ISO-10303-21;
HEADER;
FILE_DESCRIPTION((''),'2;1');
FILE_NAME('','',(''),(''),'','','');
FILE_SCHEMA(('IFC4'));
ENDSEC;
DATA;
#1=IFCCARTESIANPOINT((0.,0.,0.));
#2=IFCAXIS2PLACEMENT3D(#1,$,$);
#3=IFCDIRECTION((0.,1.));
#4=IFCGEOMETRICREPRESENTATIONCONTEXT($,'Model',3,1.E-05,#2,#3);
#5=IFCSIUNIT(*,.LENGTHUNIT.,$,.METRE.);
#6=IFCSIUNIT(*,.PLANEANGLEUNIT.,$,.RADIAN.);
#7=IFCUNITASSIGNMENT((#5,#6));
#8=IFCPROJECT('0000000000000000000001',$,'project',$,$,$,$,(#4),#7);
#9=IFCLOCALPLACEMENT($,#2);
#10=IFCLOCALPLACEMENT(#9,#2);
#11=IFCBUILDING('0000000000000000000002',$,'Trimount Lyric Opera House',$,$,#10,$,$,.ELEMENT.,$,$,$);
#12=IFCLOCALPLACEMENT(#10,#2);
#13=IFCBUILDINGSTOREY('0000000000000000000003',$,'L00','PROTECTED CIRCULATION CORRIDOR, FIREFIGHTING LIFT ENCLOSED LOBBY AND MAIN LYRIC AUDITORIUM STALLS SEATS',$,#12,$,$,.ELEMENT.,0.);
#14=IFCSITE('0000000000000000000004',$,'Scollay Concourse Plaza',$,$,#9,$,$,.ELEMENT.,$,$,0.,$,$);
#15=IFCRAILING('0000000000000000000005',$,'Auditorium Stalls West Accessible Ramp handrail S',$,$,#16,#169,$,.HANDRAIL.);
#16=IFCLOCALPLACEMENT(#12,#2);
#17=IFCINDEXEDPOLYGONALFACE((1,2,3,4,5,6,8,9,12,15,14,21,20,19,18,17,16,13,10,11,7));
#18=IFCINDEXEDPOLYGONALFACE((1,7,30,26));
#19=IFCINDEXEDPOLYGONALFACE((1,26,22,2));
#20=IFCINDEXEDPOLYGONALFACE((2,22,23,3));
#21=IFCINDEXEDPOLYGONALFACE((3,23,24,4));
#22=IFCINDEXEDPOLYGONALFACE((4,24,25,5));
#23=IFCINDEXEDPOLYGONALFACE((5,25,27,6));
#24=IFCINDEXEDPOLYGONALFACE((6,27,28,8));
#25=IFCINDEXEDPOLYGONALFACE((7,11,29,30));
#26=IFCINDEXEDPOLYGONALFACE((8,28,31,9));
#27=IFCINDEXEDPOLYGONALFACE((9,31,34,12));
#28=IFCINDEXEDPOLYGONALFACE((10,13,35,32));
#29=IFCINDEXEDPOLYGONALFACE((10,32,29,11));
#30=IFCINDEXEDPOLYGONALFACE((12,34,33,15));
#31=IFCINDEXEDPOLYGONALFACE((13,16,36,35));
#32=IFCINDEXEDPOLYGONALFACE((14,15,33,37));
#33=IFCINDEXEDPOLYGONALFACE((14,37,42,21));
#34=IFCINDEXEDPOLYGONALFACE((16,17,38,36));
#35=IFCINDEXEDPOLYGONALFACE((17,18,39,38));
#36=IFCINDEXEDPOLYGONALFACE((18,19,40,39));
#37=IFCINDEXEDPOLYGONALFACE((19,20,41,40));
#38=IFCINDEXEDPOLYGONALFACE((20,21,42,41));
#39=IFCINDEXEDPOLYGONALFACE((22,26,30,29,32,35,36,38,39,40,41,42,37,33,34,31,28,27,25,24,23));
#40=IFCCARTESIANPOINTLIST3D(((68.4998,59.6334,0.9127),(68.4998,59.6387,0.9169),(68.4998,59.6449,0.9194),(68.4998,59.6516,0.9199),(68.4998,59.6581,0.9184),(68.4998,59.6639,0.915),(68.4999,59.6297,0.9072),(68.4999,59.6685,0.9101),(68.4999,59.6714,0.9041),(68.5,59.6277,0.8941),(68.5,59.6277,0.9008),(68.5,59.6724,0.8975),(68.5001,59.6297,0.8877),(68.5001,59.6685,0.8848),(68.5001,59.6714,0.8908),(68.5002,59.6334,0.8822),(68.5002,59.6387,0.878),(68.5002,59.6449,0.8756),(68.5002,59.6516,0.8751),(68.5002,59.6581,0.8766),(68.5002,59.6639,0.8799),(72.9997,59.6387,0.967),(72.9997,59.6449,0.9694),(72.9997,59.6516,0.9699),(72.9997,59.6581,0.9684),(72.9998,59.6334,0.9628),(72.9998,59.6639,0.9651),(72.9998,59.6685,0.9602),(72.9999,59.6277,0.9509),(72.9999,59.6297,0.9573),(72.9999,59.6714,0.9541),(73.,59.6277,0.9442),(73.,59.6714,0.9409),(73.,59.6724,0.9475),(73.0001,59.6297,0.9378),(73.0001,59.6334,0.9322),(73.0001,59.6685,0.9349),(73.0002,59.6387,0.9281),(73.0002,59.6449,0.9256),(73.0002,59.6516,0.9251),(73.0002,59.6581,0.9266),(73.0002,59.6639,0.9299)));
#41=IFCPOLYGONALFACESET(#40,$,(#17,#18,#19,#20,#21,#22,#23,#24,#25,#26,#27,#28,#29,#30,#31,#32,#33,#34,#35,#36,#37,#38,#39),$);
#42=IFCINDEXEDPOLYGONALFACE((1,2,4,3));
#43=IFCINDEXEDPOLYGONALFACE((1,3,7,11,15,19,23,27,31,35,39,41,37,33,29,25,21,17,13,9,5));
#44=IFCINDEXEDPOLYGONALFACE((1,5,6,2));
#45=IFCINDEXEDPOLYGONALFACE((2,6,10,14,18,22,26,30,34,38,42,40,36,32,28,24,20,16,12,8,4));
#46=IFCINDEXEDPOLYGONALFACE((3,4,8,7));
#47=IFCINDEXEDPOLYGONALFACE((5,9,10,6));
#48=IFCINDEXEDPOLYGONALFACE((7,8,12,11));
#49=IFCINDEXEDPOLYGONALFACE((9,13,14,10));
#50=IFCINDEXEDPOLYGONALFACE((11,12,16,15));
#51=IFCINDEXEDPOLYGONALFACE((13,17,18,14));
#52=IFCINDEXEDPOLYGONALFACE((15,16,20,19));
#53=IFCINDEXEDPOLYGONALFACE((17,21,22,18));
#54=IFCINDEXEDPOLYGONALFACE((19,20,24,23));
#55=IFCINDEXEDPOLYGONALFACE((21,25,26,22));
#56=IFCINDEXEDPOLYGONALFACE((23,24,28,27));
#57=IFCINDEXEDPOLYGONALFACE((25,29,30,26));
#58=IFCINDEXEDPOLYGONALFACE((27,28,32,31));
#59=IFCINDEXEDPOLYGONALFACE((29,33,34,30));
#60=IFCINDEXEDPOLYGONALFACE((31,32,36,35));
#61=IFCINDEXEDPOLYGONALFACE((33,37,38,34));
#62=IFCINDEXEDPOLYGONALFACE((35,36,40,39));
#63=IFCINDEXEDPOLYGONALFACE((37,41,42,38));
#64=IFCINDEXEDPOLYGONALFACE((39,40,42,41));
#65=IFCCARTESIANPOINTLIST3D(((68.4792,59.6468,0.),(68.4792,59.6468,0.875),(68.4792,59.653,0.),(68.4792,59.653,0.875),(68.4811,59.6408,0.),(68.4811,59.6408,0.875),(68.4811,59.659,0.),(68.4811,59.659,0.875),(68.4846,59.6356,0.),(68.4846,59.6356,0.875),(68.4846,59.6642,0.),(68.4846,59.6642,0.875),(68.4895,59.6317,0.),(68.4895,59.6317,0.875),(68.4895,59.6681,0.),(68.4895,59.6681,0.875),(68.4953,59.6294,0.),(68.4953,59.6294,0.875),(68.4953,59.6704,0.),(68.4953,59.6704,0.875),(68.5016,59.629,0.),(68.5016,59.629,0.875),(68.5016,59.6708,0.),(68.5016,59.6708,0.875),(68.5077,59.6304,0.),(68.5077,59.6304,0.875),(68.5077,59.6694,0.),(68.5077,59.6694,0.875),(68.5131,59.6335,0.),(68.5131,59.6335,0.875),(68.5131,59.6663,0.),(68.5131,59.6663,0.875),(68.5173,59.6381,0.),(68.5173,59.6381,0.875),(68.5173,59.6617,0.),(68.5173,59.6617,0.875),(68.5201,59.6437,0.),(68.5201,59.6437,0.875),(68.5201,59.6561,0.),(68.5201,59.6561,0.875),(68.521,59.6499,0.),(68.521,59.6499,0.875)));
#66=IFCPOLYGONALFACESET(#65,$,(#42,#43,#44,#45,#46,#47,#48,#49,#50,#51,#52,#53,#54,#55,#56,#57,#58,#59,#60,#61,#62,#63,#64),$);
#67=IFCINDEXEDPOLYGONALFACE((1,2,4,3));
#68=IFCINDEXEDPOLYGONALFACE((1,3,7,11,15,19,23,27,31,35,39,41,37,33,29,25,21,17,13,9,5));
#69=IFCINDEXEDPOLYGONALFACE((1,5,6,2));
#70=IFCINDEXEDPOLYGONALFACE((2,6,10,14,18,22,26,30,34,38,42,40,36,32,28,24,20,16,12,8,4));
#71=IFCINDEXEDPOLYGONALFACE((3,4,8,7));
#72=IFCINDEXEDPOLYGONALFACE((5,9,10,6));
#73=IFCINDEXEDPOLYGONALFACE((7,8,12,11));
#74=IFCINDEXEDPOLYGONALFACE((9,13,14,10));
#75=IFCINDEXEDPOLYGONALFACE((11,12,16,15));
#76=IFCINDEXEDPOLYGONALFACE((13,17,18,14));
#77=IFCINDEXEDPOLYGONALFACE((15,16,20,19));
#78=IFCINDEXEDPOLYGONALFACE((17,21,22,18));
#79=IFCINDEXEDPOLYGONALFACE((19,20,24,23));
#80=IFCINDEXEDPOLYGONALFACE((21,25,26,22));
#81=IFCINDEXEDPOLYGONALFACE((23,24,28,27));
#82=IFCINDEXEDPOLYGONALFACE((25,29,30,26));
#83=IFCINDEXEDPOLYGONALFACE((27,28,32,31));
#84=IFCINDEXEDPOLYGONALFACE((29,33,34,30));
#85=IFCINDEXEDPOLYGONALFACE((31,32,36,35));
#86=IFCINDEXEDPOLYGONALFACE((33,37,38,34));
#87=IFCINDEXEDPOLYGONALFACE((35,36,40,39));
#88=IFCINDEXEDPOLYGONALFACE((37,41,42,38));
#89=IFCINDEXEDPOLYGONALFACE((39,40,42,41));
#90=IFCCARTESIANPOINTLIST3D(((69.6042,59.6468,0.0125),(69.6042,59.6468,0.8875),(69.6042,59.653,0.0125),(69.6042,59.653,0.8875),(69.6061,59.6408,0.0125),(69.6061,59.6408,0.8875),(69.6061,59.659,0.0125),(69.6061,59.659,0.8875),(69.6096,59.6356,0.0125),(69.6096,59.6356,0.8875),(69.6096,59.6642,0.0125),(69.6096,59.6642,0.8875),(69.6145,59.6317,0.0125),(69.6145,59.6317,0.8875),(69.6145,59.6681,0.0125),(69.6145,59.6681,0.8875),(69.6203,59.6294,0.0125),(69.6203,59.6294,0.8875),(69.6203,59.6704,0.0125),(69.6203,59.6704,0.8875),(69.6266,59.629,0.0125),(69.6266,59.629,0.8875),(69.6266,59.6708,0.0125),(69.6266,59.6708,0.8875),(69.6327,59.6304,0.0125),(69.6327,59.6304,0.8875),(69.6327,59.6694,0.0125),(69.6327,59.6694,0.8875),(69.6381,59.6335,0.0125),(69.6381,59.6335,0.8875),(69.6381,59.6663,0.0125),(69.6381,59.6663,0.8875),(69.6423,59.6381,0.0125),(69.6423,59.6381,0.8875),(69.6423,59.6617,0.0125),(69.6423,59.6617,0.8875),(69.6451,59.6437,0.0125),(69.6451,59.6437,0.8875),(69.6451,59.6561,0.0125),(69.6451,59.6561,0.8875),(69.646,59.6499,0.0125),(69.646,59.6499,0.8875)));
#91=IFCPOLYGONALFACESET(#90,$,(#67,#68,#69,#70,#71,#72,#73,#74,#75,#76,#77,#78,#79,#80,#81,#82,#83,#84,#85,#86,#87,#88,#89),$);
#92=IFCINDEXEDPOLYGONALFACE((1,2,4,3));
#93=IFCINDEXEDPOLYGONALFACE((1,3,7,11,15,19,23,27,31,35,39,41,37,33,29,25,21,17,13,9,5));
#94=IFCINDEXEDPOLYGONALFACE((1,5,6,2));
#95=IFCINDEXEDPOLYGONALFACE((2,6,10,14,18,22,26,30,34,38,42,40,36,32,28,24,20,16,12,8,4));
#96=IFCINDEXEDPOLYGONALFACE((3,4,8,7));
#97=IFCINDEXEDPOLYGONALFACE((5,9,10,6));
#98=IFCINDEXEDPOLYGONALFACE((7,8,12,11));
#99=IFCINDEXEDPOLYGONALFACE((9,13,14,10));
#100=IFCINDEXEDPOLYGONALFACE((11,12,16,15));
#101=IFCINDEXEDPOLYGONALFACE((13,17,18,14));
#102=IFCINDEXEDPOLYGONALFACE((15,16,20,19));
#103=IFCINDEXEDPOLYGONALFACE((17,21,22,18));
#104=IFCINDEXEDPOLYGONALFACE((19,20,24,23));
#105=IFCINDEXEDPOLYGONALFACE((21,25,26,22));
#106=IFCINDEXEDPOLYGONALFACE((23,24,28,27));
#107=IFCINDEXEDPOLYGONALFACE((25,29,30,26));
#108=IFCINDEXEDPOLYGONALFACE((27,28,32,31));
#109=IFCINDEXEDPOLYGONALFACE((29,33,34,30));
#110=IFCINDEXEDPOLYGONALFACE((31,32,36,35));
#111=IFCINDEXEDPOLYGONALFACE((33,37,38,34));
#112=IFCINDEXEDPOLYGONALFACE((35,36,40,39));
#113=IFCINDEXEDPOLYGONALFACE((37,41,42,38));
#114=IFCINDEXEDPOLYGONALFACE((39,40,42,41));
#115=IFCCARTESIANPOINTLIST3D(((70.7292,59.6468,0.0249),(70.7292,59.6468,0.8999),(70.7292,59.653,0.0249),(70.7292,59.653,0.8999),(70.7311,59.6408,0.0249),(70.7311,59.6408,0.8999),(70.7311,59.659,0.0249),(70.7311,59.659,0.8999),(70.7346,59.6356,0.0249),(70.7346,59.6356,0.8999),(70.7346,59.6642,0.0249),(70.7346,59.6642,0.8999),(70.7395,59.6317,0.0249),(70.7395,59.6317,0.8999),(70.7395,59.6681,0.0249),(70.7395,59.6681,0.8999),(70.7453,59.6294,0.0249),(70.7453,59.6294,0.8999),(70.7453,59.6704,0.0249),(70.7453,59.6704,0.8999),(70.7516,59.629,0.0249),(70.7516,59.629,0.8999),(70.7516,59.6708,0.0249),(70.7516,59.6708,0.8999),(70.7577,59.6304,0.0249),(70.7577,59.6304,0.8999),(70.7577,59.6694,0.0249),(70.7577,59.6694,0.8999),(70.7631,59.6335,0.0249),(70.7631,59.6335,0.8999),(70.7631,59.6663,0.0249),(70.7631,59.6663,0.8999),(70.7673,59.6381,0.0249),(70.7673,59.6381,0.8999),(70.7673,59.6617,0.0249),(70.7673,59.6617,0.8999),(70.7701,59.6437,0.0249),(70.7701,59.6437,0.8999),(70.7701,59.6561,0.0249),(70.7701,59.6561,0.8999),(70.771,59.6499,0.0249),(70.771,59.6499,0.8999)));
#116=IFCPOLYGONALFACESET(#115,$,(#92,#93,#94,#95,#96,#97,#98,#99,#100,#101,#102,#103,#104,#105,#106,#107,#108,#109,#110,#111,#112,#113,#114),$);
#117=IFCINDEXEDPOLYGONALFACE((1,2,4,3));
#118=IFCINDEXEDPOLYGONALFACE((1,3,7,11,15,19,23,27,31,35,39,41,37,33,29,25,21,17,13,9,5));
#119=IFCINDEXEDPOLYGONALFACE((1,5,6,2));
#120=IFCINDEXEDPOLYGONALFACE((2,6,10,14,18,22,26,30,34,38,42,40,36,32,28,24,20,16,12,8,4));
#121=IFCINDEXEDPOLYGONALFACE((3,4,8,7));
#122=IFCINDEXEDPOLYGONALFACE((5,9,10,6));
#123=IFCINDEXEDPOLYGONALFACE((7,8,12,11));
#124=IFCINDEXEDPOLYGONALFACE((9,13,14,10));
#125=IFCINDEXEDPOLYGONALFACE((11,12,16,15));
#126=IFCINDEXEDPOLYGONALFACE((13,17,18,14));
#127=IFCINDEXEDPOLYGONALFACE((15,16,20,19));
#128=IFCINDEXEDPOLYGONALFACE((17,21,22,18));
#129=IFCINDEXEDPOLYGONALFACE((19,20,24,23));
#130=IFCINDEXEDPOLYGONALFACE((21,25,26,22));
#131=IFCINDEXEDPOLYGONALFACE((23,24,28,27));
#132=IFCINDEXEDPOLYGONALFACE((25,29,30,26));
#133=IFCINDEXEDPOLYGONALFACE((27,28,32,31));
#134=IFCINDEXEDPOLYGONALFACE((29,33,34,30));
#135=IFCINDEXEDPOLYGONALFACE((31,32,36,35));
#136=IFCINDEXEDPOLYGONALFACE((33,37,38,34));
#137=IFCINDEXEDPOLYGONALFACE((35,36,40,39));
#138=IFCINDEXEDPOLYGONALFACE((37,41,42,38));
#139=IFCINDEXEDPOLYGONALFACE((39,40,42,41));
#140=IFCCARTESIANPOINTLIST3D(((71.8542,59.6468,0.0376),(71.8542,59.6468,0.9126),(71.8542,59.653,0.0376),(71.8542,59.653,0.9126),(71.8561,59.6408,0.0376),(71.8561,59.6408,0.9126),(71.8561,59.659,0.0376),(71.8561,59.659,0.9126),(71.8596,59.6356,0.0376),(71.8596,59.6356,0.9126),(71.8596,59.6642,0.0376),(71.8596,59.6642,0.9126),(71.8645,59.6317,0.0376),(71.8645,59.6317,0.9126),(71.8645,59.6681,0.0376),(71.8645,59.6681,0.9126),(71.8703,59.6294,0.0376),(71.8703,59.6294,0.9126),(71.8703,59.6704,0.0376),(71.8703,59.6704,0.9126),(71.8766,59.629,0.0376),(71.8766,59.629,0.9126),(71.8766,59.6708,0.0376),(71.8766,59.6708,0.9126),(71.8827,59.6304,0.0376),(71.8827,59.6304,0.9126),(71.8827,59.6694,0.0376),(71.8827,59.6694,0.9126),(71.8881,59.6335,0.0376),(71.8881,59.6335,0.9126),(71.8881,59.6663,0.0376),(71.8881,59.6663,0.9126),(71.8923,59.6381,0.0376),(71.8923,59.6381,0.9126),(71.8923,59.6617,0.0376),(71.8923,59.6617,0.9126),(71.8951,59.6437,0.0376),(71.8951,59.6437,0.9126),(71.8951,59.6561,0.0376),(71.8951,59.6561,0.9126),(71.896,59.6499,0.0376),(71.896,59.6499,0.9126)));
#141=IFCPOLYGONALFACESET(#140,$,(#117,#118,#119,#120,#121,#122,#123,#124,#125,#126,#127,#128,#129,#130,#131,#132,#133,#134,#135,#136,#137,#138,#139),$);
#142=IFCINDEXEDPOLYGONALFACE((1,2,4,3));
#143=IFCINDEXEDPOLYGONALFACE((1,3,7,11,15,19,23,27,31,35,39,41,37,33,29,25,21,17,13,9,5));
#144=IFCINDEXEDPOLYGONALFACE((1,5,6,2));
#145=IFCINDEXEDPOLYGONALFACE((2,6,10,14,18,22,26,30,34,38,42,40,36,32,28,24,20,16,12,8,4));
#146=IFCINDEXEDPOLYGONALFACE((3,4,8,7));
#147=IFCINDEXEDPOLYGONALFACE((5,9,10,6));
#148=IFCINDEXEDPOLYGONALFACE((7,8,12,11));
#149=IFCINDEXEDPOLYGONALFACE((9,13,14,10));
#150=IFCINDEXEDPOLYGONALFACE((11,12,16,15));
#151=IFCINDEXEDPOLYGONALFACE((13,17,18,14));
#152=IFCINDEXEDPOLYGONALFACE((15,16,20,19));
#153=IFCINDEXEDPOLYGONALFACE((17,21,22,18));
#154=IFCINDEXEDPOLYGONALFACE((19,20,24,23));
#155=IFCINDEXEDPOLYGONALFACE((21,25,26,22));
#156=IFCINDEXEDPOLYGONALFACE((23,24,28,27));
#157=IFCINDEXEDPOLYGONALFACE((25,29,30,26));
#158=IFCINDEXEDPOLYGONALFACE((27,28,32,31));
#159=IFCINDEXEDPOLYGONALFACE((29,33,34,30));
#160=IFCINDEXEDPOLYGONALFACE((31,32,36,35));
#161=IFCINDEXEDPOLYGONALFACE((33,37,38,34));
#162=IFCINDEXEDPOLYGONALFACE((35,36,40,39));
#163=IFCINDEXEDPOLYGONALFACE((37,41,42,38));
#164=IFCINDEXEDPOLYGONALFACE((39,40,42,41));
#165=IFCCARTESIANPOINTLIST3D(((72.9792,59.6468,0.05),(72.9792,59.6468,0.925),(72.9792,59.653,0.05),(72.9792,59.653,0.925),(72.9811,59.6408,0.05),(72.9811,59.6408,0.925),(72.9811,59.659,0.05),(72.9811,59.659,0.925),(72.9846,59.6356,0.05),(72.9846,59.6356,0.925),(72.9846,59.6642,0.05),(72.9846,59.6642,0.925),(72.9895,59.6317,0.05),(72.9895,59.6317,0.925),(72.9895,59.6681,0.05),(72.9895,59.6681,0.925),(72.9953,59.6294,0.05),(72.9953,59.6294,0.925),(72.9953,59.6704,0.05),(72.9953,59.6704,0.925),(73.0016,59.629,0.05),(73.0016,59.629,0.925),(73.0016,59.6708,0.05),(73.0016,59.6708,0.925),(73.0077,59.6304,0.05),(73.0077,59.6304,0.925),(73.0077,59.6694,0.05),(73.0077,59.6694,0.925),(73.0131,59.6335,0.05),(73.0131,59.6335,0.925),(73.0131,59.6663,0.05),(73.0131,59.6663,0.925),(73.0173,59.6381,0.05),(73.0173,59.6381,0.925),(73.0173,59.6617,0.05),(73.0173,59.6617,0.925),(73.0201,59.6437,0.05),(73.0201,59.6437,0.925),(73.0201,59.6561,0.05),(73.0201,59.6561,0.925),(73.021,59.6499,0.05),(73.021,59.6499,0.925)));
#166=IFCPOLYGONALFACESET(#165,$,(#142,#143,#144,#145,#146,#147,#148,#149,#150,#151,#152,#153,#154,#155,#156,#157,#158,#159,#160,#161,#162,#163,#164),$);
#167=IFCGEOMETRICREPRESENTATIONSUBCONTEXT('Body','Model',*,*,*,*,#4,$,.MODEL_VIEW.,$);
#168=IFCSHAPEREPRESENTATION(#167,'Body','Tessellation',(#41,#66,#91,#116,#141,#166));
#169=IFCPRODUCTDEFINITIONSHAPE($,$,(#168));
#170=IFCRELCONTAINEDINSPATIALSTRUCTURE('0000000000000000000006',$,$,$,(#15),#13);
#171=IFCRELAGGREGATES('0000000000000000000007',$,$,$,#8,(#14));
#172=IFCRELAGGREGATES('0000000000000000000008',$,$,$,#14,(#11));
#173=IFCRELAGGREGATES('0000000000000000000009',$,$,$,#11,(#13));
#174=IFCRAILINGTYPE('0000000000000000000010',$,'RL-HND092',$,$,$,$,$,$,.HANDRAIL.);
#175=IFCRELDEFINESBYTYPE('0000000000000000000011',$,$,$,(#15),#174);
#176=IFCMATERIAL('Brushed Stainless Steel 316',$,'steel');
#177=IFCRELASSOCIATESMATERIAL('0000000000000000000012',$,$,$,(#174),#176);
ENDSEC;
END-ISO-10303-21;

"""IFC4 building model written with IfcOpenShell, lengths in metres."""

from ifc_helpers import new_model, si_unit, direction, frame, origin, origin_2d, place, context, subcontext, project, spatial, circle, extrude, material, type_object, element, save


model = new_model("IFC4")

# Units and contexts
model_context = context("Model", 3, precision=1e-05, world=origin(), true_north=direction((0.0, 1.0)))
body_context = subcontext(model_context, "Body", "Model", "MODEL_VIEW")
ifc_project = project(units=[si_unit("LENGTHUNIT", "METRE"), si_unit("PLANEANGLEUNIT", "RADIAN")], contexts=[model_context])

# Site, building, storey
site_placement = place(None, origin())
site = spatial("IfcSite", under=ifc_project, at=site_placement, Name="Scollay Concourse Plaza", CompositionType="ELEMENT", RefElevation=0.0)
building_placement = place(site_placement, origin())
building = spatial("IfcBuilding", under=site, at=building_placement, Name="Trimount Lyric Opera House", CompositionType="ELEMENT")
storey_placement = place(building_placement, origin())
storey = spatial("IfcBuildingStorey", under=building, at=storey_placement, Name="L00", Description="PROTECTED CIRCULATION CORRIDOR, FIREFIGHTING LIFT ENCLOSED LOBBY AND MAIN LYRIC AUDITORIUM STALLS SEATS", CompositionType="ELEMENT", Elevation=0.0)

# Railing
ifc_material_1 = material(Name="Brushed Stainless Steel 316", Category="steel")
railing_type = type_object("IfcRailingType", Name="RL-HND092", PredefinedType="HANDRAIL", material=ifc_material_1)
for number, where, name in (
    (1, (68.5, 59.6499, 0.0), "Auditorium Stalls West Accessible Ramp handrail S"),
):
    element("IfcRailing", number, at=place(storey_placement, frame(where)), inside=storey, type_object=railing_type, Name=name, PredefinedType="HANDRAIL", context=body_context, shape_type="SweptSolid", body=[
        extrude(circle(Radius=0.0225, at=origin_2d()), frame((0.0, 0.0, 0.8975), z_axis=(0.999938, 0.0, 0.011121), x_axis=(0.0, 1.0, 0.0)), (0.0, 0.0, 1.0), 4.5002),
        extrude(circle(Radius=0.021, at=origin_2d()), origin(), (0.0, 0.0, 1.0), 0.875),
        extrude(circle(Radius=0.021, at=origin_2d()), frame((1.125, 0.0, 0.0125)), (0.0, 0.0, 1.0), 0.875),
        extrude(circle(Radius=0.021, at=origin_2d()), frame((2.25, 0.0, 0.0249)), (0.0, 0.0, 1.0), 0.875),
        extrude(circle(Radius=0.021, at=origin_2d()), frame((3.375, 0.0, 0.0376)), (0.0, 0.0, 1.0), 0.875),
        extrude(circle(Radius=0.021, at=origin_2d()), frame((4.5, 0.0, 0.05)), (0.0, 0.0, 1.0), 0.875),
    ])

save(model, "model.ifc")
